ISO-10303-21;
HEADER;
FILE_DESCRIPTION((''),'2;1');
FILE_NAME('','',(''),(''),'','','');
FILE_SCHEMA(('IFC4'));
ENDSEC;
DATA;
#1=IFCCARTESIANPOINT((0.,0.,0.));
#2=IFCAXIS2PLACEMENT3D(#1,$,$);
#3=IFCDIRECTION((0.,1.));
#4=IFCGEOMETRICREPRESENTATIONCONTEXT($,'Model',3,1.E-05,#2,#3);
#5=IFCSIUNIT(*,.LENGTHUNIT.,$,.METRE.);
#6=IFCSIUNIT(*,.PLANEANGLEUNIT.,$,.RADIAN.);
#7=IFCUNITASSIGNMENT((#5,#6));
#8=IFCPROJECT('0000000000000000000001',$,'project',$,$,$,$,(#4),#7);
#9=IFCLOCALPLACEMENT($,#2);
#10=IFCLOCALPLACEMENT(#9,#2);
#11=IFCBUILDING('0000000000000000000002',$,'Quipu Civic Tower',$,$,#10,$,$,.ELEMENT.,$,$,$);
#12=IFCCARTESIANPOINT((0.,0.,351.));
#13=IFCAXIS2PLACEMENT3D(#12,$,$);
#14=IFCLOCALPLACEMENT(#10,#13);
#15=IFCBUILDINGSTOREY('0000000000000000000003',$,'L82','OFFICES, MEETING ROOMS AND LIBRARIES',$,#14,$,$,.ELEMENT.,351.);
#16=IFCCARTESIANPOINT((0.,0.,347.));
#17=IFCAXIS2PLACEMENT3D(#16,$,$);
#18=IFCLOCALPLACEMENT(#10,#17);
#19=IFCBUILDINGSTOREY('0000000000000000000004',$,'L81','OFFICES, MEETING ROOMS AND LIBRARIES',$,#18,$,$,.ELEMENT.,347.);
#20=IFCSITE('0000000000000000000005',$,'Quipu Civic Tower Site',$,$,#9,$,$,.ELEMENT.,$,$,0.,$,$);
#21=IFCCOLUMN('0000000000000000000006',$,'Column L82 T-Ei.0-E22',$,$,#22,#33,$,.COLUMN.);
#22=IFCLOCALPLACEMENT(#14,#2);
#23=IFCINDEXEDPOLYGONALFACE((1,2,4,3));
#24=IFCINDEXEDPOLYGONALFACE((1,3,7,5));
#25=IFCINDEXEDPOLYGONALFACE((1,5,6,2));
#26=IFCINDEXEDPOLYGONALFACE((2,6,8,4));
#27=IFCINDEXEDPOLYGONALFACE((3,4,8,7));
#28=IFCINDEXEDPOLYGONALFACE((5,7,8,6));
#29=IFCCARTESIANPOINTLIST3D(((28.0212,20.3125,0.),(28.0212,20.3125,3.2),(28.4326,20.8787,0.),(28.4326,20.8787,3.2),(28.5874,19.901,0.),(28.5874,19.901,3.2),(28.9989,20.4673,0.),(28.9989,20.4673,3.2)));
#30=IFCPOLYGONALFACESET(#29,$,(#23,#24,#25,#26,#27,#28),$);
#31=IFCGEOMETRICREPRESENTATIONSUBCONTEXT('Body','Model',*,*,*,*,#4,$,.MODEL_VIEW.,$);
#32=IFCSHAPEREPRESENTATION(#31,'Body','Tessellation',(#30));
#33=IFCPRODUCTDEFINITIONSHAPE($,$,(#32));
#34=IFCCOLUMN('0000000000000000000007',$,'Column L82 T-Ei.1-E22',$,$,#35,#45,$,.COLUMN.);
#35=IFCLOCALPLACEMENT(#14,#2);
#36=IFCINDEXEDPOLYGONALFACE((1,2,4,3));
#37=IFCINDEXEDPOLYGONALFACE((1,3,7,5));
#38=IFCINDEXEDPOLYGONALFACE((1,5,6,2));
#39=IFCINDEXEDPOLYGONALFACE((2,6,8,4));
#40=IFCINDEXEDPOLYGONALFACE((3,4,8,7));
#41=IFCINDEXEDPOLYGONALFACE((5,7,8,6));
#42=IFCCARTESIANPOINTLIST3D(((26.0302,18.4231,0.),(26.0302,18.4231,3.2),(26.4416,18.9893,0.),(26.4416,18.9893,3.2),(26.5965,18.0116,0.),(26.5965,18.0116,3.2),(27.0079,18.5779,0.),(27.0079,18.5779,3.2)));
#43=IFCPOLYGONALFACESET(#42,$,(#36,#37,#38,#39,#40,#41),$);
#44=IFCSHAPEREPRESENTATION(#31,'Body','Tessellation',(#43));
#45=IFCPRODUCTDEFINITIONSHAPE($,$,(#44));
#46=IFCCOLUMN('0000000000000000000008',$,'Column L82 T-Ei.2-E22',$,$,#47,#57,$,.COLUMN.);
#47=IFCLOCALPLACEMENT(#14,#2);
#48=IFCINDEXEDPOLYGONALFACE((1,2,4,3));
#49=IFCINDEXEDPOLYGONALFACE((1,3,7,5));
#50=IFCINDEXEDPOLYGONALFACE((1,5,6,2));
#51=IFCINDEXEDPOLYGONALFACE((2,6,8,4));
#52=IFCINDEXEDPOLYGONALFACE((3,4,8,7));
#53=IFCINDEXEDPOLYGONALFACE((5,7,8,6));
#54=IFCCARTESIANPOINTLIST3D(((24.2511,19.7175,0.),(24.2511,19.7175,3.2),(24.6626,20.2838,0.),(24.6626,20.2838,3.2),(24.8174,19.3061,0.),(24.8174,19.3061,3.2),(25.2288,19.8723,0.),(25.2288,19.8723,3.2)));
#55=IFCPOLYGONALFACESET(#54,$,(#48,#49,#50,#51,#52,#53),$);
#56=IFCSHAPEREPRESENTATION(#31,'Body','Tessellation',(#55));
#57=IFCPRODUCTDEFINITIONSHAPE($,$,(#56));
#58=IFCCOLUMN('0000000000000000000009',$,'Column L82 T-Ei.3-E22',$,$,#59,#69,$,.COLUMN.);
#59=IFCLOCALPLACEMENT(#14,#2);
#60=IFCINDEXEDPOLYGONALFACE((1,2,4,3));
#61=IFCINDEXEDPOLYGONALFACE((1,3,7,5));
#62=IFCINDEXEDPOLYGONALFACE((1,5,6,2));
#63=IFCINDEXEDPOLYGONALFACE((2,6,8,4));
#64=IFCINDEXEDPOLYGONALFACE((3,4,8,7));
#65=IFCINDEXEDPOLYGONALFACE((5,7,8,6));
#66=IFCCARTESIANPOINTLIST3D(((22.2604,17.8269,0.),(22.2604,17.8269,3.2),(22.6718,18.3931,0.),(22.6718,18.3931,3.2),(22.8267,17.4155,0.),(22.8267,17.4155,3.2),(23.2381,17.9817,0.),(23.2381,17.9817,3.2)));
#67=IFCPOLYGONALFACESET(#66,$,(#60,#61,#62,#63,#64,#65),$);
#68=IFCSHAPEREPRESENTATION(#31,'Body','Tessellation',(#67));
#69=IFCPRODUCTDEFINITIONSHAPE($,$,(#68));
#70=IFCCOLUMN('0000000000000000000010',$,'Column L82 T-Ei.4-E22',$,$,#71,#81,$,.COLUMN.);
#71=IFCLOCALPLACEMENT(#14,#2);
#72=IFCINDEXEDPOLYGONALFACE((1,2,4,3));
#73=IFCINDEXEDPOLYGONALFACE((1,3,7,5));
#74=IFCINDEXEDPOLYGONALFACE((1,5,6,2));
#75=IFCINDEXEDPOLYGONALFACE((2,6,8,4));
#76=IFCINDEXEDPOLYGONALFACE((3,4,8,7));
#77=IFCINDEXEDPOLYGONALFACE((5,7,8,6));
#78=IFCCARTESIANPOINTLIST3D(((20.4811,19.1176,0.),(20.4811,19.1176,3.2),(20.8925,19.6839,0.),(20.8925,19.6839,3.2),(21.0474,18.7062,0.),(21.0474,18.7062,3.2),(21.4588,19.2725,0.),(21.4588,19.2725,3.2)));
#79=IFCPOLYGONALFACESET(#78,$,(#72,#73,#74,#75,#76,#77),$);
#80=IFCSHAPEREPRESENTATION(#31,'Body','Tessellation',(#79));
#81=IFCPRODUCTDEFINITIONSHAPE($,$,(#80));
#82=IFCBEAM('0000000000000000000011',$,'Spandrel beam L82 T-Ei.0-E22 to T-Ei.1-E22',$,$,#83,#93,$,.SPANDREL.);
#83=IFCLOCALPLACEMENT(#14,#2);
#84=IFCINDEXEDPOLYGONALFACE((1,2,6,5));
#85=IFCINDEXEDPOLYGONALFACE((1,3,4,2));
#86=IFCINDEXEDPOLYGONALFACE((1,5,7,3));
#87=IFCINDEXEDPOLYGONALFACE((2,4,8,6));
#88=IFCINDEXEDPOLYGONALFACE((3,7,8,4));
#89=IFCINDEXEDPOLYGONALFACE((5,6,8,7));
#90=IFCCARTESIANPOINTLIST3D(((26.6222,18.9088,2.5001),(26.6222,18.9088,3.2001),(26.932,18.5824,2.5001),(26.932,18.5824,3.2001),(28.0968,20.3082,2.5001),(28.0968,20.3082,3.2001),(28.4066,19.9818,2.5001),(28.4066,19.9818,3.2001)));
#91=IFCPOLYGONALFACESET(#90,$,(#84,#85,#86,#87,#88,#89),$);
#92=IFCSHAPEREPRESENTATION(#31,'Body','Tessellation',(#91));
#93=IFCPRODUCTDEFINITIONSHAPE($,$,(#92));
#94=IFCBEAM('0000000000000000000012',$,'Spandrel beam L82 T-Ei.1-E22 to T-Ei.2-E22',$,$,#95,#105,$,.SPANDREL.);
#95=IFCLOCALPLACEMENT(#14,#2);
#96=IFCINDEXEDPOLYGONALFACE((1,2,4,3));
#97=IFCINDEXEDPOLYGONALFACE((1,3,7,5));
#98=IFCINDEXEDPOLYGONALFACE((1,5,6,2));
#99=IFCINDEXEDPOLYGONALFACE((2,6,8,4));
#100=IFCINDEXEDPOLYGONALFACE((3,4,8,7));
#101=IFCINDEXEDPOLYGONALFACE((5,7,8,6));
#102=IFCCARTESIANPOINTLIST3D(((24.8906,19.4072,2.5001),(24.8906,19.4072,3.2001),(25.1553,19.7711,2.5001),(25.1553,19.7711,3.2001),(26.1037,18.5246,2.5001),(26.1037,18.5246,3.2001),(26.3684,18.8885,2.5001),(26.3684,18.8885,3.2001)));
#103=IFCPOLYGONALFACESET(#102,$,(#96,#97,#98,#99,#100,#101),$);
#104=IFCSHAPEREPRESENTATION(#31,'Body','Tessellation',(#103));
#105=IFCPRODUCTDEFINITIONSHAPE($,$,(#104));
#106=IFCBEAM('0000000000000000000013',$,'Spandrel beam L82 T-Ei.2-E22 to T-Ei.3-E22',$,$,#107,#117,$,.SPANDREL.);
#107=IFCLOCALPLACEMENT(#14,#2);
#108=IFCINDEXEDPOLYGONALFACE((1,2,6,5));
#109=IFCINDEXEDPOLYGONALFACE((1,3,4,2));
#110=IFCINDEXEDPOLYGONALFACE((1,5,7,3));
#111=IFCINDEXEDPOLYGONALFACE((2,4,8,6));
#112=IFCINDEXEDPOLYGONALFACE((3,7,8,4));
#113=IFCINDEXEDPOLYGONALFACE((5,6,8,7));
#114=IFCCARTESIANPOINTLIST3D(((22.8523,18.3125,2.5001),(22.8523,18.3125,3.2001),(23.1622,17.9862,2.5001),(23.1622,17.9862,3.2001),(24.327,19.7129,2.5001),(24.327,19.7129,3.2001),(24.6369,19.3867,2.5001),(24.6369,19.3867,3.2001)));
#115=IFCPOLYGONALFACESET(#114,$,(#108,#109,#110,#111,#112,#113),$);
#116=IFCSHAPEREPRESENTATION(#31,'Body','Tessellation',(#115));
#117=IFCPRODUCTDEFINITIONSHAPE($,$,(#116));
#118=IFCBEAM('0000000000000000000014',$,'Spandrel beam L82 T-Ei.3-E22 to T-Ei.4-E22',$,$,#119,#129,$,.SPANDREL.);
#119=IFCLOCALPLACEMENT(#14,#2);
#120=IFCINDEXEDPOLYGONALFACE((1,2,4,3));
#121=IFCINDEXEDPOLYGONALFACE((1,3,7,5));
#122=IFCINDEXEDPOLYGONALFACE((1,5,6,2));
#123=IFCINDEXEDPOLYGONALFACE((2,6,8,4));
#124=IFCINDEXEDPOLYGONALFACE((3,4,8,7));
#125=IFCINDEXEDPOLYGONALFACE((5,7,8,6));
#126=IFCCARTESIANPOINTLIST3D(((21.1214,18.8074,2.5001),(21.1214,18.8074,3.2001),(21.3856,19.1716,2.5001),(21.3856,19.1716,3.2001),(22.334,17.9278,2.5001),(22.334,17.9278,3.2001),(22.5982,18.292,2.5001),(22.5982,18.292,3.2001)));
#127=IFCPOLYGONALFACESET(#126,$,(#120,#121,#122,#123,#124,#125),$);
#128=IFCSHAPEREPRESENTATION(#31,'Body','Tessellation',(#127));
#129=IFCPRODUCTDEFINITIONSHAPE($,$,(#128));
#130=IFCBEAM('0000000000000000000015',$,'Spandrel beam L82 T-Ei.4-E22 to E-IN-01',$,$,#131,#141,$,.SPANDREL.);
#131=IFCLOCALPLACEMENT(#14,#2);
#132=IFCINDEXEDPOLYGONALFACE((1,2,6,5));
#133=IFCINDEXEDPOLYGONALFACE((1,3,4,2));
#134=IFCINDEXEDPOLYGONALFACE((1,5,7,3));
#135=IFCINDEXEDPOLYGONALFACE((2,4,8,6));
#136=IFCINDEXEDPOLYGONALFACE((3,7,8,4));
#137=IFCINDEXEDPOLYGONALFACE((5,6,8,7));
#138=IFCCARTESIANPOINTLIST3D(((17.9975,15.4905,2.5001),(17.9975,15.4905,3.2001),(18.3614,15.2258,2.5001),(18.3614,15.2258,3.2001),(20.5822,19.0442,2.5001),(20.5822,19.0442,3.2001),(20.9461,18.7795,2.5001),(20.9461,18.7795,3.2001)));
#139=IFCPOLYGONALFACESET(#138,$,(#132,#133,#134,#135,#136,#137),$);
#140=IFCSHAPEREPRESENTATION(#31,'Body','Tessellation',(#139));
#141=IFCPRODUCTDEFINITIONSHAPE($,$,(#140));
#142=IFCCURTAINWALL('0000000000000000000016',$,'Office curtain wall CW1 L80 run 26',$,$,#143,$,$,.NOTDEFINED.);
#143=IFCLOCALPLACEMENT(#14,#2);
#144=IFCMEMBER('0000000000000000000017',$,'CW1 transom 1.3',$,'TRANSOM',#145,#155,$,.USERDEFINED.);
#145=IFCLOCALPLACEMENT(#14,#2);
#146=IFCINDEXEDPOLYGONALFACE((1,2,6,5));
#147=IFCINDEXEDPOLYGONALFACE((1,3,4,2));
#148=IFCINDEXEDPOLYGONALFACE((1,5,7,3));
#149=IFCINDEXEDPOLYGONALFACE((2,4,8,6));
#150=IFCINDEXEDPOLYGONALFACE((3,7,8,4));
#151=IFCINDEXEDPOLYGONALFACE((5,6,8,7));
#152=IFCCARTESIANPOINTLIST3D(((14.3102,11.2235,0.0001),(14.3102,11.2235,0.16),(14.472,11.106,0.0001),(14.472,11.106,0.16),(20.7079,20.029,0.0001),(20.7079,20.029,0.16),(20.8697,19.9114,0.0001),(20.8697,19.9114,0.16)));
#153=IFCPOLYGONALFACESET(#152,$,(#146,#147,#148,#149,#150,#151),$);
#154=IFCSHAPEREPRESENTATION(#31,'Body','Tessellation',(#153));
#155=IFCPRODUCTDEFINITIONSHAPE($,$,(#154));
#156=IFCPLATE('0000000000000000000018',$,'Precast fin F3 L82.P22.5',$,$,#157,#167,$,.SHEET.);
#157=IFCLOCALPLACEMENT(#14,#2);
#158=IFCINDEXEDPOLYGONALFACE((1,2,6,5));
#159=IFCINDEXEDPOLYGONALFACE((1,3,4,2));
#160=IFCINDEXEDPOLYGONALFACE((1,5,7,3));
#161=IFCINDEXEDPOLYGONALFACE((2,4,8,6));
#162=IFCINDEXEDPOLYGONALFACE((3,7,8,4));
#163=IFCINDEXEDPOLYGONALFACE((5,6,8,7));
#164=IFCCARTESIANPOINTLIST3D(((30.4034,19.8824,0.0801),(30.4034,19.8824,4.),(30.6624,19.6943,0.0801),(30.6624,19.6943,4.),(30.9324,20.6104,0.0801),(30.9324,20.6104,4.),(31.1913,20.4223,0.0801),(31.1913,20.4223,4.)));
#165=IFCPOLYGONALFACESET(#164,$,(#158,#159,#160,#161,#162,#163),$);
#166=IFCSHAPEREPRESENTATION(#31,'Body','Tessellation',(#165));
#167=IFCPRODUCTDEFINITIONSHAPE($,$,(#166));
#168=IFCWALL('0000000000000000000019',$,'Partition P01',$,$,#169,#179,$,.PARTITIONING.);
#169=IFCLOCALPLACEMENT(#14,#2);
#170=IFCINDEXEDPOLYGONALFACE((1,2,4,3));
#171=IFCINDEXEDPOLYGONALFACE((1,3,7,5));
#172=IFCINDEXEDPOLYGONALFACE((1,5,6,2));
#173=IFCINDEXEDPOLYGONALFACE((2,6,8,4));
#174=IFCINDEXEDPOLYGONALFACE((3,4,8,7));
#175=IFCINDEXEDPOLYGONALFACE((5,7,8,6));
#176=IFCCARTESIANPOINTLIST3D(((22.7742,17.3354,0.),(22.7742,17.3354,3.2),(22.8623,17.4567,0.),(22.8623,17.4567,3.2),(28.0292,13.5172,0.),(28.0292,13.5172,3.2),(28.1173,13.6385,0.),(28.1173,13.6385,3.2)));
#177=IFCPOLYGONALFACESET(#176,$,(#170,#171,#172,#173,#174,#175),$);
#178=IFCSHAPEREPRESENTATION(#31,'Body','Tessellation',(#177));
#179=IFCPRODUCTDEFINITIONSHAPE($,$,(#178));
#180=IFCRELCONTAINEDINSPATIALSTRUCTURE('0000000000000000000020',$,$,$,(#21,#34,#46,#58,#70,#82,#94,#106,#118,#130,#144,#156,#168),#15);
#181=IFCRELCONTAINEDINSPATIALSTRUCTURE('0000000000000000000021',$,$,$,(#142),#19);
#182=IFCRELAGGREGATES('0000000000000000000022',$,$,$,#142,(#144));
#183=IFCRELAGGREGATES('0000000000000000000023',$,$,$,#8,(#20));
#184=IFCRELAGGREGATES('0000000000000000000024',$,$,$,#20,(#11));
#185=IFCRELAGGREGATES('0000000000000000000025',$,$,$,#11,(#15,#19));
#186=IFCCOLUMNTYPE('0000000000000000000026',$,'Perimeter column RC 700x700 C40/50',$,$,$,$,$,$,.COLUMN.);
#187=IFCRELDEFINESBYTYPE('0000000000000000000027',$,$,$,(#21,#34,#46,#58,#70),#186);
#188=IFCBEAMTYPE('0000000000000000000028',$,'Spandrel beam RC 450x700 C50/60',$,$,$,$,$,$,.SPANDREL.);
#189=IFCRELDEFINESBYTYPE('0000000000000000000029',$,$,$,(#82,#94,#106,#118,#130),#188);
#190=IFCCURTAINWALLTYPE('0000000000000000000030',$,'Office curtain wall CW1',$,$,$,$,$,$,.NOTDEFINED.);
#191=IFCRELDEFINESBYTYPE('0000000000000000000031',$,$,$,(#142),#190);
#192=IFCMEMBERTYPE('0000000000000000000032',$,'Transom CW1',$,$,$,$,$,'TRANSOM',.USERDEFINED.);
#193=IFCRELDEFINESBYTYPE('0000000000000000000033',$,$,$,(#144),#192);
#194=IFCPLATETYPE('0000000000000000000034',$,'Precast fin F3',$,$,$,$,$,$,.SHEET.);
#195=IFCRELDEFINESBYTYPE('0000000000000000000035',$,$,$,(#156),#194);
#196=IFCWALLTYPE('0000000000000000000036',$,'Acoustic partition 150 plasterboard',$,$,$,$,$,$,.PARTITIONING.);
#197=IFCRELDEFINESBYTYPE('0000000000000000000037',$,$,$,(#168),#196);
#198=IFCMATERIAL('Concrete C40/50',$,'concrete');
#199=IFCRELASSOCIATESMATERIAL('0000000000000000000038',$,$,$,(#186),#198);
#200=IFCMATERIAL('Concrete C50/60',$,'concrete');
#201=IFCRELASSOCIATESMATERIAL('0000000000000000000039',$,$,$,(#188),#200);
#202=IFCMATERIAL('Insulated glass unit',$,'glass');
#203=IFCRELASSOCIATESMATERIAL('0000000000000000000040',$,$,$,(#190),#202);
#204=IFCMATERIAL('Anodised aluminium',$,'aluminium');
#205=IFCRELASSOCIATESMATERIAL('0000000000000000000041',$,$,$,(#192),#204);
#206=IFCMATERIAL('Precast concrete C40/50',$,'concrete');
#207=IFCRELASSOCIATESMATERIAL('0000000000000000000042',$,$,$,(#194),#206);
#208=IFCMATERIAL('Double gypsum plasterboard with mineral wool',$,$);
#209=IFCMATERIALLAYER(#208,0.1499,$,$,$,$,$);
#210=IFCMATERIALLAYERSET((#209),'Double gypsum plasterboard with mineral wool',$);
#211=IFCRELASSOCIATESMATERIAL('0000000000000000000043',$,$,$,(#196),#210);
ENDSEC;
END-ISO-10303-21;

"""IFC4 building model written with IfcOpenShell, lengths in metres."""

from ifc_helpers import new_model, si_unit, direction, frame, frame_2d, origin, origin_2d, place, context, subcontext, project, spatial, rectangle, extrude, material, layer, layer_set, material_profile, profile_set, type_object, element, aggregate, save


model = new_model("IFC4")

# Units and contexts
model_context = context("Model", 3, precision=1e-05, world=origin(), true_north=direction((0.0, 1.0)))
body_context = subcontext(model_context, "Body", "Model", "MODEL_VIEW")
ifc_project = project(units=[si_unit("LENGTHUNIT", "METRE"), si_unit("PLANEANGLEUNIT", "RADIAN")], contexts=[model_context])

# Site, building, storey
site_placement = place(None, origin())
site = spatial("IfcSite", under=ifc_project, at=site_placement, Name="Quipu Civic Tower Site", CompositionType="ELEMENT", RefElevation=0.0)
building_placement = place(site_placement, origin())
building = spatial("IfcBuilding", under=site, at=building_placement, Name="Quipu Civic Tower", CompositionType="ELEMENT")
storey_1_placement = place(building_placement, frame((0.0, 0.0, 351.0)))
storey_1 = spatial("IfcBuildingStorey", under=building, at=storey_1_placement, Name="L82", Description="OFFICES, MEETING ROOMS AND LIBRARIES", CompositionType="ELEMENT", Elevation=351.0)

# Columns
ifc_material_1 = material(Name="Concrete C40/50", Category="concrete")
ifc_material_profile_1 = material_profile(ifc_material_1, rectangle(XDim=0.7, YDim=0.7, at=origin_2d()), Name="RC700x700")
ifc_profile_set_1 = profile_set([ifc_material_profile_1], Name="Concrete C40/50")
column_type = type_object("IfcColumnType", Name="Perimeter column RC 700x700 C40/50", PredefinedType="COLUMN", material=ifc_profile_set_1)
for number, where, z_axis, x_axis, name in (
    (1, (28.51, 20.3899, 0.0), (0.0, 0.0, 1.0), (-0.587785, -0.809017, 0.0), "Column L82 T-Ei.0-E22"),
    (2, (26.519, 18.5005, 0.0), (0.0, 0.0, 1.0), (-0.809017, 0.587785, 0.0), "Column L82 T-Ei.1-E22"),
    (3, (24.74, 19.7949, 0.0), (0.0, 0.0, 1.0), (-0.587785, -0.809017, 0.0), "Column L82 T-Ei.2-E22"),
    (4, (22.7493, 17.9043, 0.0), (0.0, 0.0, 1.0), (-0.587785, -0.809017, 0.0), "Column L82 T-Ei.3-E22"),
    (5, (20.97, 19.1951, 0.0), (0.0, 0.0, 1.0), (-0.587785, -0.809017, 0.0), "Column L82 T-Ei.4-E22"),
):
    element("IfcColumn", number, at=place(storey_1_placement, frame(where, z_axis=z_axis, x_axis=x_axis)), inside=storey_1, type_object=column_type, Name=name, PredefinedType="COLUMN", context=body_context, shape_type="SweptSolid", body=[
        extrude(rectangle(XDim=0.7, YDim=0.7, at=origin_2d()), origin(), (0.0, 0.0, 1.0), 3.2),
    ])

# Beams
ifc_material_2 = material(Name="Concrete C50/60", Category="concrete")
ifc_material_profile_2 = material_profile(ifc_material_2, rectangle(XDim=0.45, YDim=0.7, at=origin_2d()), Name="RC450x700")
ifc_profile_set_2 = profile_set([ifc_material_profile_2], Name="Concrete C50/60")
beam_type = type_object("IfcBeamType", Name="Spandrel beam RC 450x700 C50/60", PredefinedType="SPANDREL", material=ifc_profile_set_2)
beam_1_placement = place(storey_1_placement, frame((28.2517, 20.145, 2.8501), z_axis=(-0.725359, -0.688371, 0.0), x_axis=(0.688371, -0.725359, 0.0)))
element("IfcBeam", 6, at=beam_1_placement, inside=storey_1, type_object=beam_type, Name="Spandrel beam L82 T-Ei.0-E22 to T-Ei.1-E22", PredefinedType="SPANDREL", context=body_context, shape_type="SweptSolid", body=[
    extrude(rectangle(XDim=0.45, YDim=0.7, at=origin_2d()), origin(), (0.0, 0.0, 1.0), 2.033),
])
beam_2_placement = place(storey_1_placement, frame((26.2361, 18.7065, 2.8501), z_axis=(-0.808645, 0.588297, 0.0), x_axis=(-0.588297, -0.808645, 0.0)))
element("IfcBeam", 7, at=beam_2_placement, inside=storey_1, type_object=beam_type, Name="Spandrel beam L82 T-Ei.1-E22 to T-Ei.2-E22", PredefinedType="SPANDREL", context=body_context, shape_type="SweptSolid", body=[
    extrude(rectangle(XDim=0.45, YDim=0.7, at=origin_2d()), origin(), (0.0, 0.0, 1.0), 1.5002),
])
beam_3_placement = place(storey_1_placement, frame((24.4819, 19.5498, 2.8501), z_axis=(-0.725119, -0.688623, 0.0), x_axis=(0.688623, -0.725119, 0.0)))
element("IfcBeam", 8, at=beam_3_placement, inside=storey_1, type_object=beam_type, Name="Spandrel beam L82 T-Ei.2-E22 to T-Ei.3-E22", PredefinedType="SPANDREL", context=body_context, shape_type="SweptSolid", body=[
    extrude(rectangle(XDim=0.45, YDim=0.7, at=origin_2d()), origin(), (0.0, 0.0, 1.0), 2.0337),
])
beam_4_placement = place(storey_1_placement, frame((22.4661, 18.1099, 2.8501), z_axis=(-0.809461, 0.587173, 0.0), x_axis=(-0.587173, -0.809461, 0.0)))
element("IfcBeam", 9, at=beam_4_placement, inside=storey_1, type_object=beam_type, Name="Spandrel beam L82 T-Ei.3-E22 to T-Ei.4-E22", PredefinedType="SPANDREL", context=body_context, shape_type="SweptSolid", body=[
    extrude(rectangle(XDim=0.45, YDim=0.7, at=origin_2d()), origin(), (0.0, 0.0, 1.0), 1.498),
])
beam_5_placement = place(storey_1_placement, frame((20.7642, 18.9119, 2.8501), z_axis=(-0.588201, -0.808714, 0.0), x_axis=(0.808714, -0.588201, 0.0)))
element("IfcBeam", 10, at=beam_5_placement, inside=storey_1, type_object=beam_type, Name="Spandrel beam L82 T-Ei.4-E22 to E-IN-01", PredefinedType="SPANDREL", context=body_context, shape_type="SweptSolid", body=[
    extrude(rectangle(XDim=0.45, YDim=0.7, at=origin_2d()), origin(), (0.0, 0.0, 1.0), 4.3943),
])

# Shared definitions
storey_2_placement = place(building_placement, frame((0.0, 0.0, 347.0)))
storey_2 = spatial("IfcBuildingStorey", under=building, at=storey_2_placement, Name="L81", Description="OFFICES, MEETING ROOMS AND LIBRARIES", CompositionType="ELEMENT", Elevation=347.0)

# Curtain wall, member
ifc_material_3 = material(Name="Insulated glass unit", Category="glass")
curtain_wall_type = type_object("IfcCurtainWallType", Name="Office curtain wall CW1", PredefinedType="NOTDEFINED", material=ifc_material_3)
curtain_wall_placement = place(storey_2_placement, origin())
curtain_wall = element("IfcCurtainWall", 11, at=curtain_wall_placement, inside=storey_2, type_object=curtain_wall_type, Name="Office curtain wall CW1 L80 run 26", PredefinedType="NOTDEFINED")
ifc_material_4 = material(Name="Anodised aluminium", Category="aluminium")
ifc_material_profile_3 = material_profile(ifc_material_4, rectangle(XDim=0.2, YDim=0.1599, at=origin_2d()), Name="RECT 200x160")
ifc_profile_set_3 = profile_set([ifc_material_profile_3], Name="Anodised aluminium")
member_type = type_object("IfcMemberType", Name="Transom CW1", ElementType="TRANSOM", PredefinedType="USERDEFINED", material=ifc_profile_set_3)
member_placement = place(storey_1_placement, frame((20.7888, 19.9702, 0.0801), z_axis=(-0.587797, -0.809009, 0.0), x_axis=(0.809009, -0.587797, 0.0)))
member = element("IfcMember", 12, at=member_placement, inside=storey_1, type_object=member_type, Name="CW1 transom 1.3", ObjectType="TRANSOM", PredefinedType="USERDEFINED", context=body_context, shape_type="SweptSolid", body=[
    extrude(rectangle(XDim=0.2, YDim=0.1599, at=origin_2d()), origin(), (0.0, 0.0, 1.0), 10.8843),
])
aggregate(curtain_wall, [member])

# Plate
ifc_material_5 = material(Name="Precast concrete C40/50", Category="concrete")
plate_type = type_object("IfcPlateType", Name="Precast fin F3", PredefinedType="SHEET", material=ifc_material_5)
plate_placement = place(storey_1_placement, frame((30.7974, 20.1523, 0.0801), z_axis=(0.0, 0.0, 1.0), x_axis=(-0.809017, 0.587785, 0.0)))
element("IfcPlate", 13, at=plate_placement, inside=storey_1, type_object=plate_type, Name="Precast fin F3 L82.P22.5", PredefinedType="SHEET", context=body_context, shape_type="SweptSolid", body=[
    extrude(rectangle(XDim=0.3201, YDim=0.8999, at=origin_2d()), origin(), (0.0, 0.0, 1.0), 3.9199),
])

# Wall
ifc_material_6 = material(Name="Double gypsum plasterboard with mineral wool")
ifc_layer_1 = layer(ifc_material_6, 0.1499)
ifc_layer_set_1 = layer_set([ifc_layer_1], Name="Double gypsum plasterboard with mineral wool")
wall_type_1 = type_object("IfcWallType", Name="Acoustic partition 150 plasterboard", PredefinedType="PARTITIONING", material=ifc_layer_set_1)
wall_1_placement = place(storey_1_placement, frame((28.0732, 13.5779, 0.0), z_axis=(0.0, 0.0, 1.0), x_axis=(-0.809001, 0.587807, 0.0)))
element("IfcWall", 14, at=wall_1_placement, inside=storey_1, type_object=wall_type_1, Name="Partition P01", PredefinedType="PARTITIONING", context=body_context, shape_type="SweptSolid", body=[
    extrude(rectangle(XDim=6.4956, YDim=0.1499, at=frame_2d((3.2478, 0.0))), origin(), (0.0, 0.0, 1.0), 3.2),
])

save(model, "model.ifc")
